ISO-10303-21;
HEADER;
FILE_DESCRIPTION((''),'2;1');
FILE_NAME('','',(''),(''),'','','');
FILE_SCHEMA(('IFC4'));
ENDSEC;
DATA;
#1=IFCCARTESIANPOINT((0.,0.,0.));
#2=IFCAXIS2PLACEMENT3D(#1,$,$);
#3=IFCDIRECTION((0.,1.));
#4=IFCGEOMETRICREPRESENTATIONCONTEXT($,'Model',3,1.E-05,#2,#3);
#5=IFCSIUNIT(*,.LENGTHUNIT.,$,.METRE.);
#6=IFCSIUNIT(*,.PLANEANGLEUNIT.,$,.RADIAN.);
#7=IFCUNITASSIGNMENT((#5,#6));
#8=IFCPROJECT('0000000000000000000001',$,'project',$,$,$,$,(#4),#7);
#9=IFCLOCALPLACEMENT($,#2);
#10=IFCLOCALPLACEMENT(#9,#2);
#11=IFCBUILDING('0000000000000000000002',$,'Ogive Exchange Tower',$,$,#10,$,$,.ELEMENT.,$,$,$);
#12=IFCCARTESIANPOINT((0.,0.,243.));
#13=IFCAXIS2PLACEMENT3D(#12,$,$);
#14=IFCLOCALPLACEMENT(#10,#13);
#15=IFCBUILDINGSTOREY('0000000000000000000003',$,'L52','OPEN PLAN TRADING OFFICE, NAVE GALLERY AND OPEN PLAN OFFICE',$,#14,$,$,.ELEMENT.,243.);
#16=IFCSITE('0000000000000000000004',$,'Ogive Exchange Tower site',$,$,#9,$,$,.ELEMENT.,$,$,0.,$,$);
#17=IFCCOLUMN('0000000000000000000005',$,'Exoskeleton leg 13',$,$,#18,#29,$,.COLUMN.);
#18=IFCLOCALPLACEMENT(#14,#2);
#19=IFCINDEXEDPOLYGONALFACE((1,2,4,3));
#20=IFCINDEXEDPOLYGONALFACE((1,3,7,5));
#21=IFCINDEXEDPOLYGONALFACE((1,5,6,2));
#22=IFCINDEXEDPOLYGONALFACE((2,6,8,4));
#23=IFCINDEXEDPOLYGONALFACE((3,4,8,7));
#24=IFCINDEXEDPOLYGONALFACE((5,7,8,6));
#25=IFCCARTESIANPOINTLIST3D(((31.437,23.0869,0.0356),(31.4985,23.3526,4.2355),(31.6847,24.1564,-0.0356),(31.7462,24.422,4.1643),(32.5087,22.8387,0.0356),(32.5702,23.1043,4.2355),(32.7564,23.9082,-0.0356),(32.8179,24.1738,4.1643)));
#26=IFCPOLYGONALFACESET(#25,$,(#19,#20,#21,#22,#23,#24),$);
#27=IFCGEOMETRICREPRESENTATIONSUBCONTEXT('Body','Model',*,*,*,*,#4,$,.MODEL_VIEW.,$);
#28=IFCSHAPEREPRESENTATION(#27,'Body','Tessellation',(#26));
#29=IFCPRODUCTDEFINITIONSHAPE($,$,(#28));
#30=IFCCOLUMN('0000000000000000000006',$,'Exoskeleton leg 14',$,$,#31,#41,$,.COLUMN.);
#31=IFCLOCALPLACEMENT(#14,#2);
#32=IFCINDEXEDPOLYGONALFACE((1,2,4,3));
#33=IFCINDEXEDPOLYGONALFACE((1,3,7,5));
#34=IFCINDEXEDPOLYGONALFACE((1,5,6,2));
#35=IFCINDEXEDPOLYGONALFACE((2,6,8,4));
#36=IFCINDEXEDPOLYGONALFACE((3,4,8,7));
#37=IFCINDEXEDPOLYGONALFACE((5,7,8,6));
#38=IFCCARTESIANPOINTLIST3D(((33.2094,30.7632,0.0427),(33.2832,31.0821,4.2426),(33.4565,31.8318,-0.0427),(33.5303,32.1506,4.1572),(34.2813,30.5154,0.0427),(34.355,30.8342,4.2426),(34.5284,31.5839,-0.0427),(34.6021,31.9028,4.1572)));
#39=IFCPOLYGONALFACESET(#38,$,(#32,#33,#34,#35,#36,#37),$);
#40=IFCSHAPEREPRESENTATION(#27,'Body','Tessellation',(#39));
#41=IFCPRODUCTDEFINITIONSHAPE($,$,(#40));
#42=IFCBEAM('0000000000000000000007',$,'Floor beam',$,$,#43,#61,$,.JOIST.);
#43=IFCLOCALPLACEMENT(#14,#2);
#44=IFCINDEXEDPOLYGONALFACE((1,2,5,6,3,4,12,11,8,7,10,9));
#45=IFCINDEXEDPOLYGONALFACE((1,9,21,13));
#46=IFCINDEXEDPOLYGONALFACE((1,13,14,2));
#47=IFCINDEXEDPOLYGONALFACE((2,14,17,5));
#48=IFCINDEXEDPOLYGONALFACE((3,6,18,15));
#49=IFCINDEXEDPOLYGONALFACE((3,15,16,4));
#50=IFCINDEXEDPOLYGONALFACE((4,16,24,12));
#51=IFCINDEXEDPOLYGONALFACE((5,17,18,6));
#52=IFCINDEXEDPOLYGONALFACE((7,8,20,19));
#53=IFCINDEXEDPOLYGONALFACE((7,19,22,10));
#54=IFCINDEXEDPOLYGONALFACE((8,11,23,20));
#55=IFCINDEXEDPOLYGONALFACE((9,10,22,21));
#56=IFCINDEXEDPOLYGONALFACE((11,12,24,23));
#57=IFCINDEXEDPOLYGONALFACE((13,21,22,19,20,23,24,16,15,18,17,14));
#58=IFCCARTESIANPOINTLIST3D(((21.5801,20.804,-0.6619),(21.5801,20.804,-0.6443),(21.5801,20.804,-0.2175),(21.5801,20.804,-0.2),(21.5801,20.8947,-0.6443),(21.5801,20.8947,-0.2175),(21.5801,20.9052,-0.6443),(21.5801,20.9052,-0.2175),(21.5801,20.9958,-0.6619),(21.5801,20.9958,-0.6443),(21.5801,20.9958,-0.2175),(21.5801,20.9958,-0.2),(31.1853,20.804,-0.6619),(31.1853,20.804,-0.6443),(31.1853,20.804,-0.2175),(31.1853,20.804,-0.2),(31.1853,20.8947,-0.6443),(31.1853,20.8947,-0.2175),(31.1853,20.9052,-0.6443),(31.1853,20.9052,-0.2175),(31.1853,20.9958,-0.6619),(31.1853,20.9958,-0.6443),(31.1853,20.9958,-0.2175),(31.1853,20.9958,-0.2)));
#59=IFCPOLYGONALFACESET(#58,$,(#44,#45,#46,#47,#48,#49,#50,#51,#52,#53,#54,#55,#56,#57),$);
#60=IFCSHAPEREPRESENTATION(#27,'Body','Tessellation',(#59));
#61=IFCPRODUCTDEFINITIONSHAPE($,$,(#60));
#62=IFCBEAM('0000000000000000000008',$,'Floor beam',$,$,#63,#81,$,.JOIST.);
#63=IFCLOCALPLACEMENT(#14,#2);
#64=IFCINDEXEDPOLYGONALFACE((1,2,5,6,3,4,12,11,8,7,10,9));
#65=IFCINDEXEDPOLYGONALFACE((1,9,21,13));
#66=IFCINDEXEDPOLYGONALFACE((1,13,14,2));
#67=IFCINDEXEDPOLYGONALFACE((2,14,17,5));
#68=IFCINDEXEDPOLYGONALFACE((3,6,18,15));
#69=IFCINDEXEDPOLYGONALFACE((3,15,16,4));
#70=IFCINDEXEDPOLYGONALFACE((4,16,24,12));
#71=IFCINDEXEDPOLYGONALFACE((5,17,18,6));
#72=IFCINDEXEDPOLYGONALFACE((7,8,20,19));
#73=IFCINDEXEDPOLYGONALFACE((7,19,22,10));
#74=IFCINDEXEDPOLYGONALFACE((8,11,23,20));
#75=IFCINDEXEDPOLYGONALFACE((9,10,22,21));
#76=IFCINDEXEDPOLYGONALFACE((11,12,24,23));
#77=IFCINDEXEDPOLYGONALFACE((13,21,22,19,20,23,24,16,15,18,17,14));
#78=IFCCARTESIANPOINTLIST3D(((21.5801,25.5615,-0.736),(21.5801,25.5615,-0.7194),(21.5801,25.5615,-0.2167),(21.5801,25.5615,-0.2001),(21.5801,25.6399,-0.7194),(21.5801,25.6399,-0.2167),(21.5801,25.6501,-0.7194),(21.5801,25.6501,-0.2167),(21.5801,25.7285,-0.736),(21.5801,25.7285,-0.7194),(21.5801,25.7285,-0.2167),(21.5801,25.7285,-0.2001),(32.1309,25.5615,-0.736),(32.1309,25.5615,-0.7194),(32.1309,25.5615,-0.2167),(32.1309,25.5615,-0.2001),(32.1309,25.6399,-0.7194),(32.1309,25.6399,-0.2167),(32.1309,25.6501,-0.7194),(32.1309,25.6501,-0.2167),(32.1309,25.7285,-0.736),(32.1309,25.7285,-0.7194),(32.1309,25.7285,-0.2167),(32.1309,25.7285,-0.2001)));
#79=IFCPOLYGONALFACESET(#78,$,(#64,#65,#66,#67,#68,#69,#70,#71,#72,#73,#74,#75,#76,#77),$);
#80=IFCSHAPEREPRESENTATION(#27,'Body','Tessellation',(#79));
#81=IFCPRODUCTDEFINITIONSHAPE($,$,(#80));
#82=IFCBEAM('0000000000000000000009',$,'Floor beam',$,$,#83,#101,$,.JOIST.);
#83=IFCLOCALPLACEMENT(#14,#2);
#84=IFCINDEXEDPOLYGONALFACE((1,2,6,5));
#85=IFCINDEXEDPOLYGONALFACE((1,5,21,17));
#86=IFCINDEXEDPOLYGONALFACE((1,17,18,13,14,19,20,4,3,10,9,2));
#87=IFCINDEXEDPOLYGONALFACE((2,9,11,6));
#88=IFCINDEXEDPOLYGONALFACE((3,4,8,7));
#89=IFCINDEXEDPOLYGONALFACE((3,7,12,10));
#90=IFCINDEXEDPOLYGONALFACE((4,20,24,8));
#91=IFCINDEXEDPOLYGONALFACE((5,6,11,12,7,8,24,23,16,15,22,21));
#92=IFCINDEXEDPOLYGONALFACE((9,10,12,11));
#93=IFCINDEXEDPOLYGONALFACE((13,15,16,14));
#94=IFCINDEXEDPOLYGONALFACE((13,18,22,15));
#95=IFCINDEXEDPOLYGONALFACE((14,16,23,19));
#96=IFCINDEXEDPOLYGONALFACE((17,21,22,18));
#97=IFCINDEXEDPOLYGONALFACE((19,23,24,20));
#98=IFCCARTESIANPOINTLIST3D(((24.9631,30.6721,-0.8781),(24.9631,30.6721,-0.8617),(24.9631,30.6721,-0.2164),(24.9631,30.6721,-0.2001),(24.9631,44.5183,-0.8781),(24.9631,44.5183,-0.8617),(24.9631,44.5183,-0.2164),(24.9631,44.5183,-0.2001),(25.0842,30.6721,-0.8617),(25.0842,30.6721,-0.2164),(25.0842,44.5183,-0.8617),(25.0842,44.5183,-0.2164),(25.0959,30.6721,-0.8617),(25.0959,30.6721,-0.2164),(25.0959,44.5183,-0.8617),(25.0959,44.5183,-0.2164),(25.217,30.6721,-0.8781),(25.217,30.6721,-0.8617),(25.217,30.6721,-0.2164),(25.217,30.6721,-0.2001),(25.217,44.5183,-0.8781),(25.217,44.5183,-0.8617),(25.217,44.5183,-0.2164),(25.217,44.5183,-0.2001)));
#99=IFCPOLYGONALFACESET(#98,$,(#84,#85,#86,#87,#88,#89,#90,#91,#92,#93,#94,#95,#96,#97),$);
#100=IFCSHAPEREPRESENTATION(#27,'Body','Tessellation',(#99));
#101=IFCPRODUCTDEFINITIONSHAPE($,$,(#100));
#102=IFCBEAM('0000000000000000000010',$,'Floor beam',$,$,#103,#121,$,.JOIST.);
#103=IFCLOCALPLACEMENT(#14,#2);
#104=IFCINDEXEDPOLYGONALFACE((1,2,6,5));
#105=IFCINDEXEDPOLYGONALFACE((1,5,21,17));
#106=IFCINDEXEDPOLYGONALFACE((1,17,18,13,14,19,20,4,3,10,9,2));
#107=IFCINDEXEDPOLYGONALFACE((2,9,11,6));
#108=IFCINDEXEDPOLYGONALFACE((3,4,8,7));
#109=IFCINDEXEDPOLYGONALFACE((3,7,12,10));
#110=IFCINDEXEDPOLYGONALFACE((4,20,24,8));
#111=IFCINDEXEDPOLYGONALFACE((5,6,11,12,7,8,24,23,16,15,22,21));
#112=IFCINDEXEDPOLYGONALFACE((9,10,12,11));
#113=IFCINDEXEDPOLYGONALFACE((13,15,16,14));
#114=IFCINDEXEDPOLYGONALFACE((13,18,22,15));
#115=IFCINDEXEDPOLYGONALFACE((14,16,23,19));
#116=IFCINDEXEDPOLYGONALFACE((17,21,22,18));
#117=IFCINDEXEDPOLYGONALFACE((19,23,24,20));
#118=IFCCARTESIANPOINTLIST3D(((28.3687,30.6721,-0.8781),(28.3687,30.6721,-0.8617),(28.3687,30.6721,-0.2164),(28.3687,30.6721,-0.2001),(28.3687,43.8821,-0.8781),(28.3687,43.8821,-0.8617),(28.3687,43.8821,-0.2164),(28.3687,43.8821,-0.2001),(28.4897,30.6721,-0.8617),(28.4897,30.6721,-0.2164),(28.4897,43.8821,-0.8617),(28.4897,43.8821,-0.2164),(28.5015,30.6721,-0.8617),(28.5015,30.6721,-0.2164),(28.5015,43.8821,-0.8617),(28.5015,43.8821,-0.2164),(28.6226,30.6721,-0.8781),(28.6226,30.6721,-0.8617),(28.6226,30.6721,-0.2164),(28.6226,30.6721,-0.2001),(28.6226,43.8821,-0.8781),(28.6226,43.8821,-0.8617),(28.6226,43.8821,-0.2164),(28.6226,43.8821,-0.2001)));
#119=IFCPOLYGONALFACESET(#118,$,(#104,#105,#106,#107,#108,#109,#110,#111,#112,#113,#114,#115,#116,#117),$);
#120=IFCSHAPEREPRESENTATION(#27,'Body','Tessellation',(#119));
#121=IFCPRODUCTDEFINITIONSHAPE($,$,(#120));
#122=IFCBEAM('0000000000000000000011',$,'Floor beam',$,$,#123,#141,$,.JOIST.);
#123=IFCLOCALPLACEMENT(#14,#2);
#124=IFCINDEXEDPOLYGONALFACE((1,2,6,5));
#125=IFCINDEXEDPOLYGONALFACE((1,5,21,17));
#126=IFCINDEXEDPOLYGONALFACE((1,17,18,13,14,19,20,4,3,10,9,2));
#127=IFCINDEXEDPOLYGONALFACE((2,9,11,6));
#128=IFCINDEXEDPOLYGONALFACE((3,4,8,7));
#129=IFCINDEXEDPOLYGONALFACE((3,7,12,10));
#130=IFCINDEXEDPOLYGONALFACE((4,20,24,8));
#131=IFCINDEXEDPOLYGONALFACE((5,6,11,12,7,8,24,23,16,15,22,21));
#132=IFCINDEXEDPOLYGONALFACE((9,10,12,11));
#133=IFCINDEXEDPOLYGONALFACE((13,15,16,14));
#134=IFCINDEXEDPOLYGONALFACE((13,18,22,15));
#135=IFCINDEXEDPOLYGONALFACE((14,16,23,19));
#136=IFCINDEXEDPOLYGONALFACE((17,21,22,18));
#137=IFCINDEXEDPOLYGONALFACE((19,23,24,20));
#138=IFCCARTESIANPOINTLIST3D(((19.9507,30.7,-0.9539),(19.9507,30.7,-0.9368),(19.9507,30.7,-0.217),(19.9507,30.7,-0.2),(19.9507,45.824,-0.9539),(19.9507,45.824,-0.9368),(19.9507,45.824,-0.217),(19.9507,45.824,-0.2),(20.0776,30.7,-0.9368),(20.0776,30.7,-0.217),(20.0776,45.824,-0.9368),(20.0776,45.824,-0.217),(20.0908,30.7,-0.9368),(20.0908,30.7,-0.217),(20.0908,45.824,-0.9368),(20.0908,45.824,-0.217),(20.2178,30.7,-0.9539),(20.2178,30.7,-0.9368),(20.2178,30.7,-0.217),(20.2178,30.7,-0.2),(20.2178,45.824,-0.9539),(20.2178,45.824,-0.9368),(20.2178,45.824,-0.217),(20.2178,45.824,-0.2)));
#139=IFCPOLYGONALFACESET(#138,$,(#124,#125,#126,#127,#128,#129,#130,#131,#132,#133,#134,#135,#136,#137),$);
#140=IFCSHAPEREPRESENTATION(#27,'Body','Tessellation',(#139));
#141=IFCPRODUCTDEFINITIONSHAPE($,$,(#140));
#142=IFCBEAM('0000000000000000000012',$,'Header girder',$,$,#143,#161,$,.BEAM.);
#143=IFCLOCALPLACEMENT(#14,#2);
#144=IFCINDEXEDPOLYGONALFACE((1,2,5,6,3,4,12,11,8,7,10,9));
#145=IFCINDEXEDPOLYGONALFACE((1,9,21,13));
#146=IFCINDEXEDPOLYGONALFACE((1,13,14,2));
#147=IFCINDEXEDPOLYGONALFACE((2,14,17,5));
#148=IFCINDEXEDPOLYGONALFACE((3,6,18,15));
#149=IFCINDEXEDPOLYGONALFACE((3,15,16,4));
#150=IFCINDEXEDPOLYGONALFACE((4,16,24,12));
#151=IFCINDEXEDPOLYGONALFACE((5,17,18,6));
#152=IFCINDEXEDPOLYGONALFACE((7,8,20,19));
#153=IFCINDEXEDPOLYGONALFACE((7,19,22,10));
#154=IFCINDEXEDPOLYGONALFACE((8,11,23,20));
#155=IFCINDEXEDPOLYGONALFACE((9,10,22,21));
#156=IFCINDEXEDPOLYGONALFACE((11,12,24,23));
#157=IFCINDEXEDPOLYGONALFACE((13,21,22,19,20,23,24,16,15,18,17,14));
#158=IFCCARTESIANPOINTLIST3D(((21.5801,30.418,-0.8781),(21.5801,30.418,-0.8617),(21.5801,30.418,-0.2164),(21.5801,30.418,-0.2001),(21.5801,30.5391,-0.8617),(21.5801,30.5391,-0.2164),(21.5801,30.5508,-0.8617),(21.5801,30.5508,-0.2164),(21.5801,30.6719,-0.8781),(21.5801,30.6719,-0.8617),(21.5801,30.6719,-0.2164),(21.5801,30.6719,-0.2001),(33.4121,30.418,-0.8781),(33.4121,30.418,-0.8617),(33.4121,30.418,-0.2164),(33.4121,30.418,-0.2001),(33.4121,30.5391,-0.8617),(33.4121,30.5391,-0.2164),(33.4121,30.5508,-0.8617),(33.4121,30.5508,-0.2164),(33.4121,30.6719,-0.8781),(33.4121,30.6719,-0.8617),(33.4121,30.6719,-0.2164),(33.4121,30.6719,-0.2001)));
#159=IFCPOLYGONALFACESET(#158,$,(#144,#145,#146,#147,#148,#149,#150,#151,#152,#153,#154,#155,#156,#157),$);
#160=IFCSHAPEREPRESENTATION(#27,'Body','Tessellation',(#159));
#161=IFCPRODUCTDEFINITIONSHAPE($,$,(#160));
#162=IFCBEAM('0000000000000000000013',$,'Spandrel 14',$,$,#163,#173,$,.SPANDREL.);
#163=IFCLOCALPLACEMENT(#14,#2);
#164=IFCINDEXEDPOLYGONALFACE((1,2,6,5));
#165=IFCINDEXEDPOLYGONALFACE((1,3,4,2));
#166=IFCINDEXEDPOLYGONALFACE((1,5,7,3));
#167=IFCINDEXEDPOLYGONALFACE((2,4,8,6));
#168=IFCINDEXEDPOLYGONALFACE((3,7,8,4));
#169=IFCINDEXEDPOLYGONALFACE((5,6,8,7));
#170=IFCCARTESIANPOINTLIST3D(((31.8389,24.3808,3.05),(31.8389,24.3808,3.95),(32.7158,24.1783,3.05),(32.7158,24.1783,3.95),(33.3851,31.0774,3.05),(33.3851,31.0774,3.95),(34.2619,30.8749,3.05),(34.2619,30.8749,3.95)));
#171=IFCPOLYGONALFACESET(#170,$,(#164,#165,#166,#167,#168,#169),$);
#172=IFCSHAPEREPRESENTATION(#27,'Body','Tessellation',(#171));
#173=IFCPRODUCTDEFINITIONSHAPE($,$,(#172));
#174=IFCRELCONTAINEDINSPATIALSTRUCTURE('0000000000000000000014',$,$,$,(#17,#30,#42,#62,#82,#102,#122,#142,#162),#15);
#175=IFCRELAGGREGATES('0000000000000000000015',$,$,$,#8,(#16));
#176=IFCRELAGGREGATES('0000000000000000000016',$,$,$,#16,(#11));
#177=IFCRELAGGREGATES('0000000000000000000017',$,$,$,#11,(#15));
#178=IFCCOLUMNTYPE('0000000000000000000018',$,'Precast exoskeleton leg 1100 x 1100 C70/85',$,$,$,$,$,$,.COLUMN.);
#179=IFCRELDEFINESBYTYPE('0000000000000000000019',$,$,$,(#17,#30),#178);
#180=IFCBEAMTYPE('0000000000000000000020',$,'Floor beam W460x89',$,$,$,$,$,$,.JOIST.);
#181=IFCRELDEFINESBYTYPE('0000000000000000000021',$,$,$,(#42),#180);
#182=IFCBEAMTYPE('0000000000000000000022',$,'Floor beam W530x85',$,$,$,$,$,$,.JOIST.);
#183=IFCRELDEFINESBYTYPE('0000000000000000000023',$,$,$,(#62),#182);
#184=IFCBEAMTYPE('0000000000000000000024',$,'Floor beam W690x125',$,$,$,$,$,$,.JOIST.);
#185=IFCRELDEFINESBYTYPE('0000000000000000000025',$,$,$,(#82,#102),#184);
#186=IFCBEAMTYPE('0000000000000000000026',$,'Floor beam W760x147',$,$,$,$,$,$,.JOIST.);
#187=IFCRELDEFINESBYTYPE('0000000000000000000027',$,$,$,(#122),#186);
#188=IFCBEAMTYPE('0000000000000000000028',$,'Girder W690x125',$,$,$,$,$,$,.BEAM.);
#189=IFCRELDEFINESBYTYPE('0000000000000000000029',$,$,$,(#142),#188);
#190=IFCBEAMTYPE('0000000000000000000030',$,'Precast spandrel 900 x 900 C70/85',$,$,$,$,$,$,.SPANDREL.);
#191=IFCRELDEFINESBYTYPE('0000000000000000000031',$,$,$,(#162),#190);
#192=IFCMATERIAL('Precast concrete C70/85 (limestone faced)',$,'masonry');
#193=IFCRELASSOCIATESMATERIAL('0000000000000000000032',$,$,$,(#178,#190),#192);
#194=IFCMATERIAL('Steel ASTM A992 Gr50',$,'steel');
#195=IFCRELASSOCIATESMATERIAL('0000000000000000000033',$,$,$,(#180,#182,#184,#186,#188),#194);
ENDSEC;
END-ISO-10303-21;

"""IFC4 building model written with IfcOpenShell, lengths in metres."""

from ifc_helpers import new_model, si_unit, direction, frame, origin, origin_2d, place, context, subcontext, project, spatial, rectangle, i_section, extrude, material, material_profile, profile_set, type_object, element, save


model = new_model("IFC4")

# Units and contexts
model_context = context("Model", 3, precision=1e-05, world=origin(), true_north=direction((0.0, 1.0)))
body_context = subcontext(model_context, "Body", "Model", "MODEL_VIEW")
ifc_project = project(units=[si_unit("LENGTHUNIT", "METRE"), si_unit("PLANEANGLEUNIT", "RADIAN")], contexts=[model_context])

# Site, building, storey
site_placement = place(None, origin())
site = spatial("IfcSite", under=ifc_project, at=site_placement, Name="Ogive Exchange Tower site", CompositionType="ELEMENT", RefElevation=0.0)
building_placement = place(site_placement, origin())
building = spatial("IfcBuilding", under=site, at=building_placement, Name="Ogive Exchange Tower", CompositionType="ELEMENT")
storey_placement = place(building_placement, frame((0.0, 0.0, 243.0)))
storey = spatial("IfcBuildingStorey", under=building, at=storey_placement, Name="L52", Description="OPEN PLAN TRADING OFFICE, NAVE GALLERY AND OPEN PLAN OFFICE", CompositionType="ELEMENT", Elevation=243.0)

# Columns
ifc_material_1 = material(Name="Precast concrete C70/85 (limestone faced)", Category="masonry")
ifc_material_profile_1 = material_profile(ifc_material_1, rectangle(XDim=1.1001, YDim=1.1001, at=origin_2d()), Name="1100 x 1100")
ifc_profile_set_1 = profile_set([ifc_material_profile_1], Name="Precast concrete C70/85 (limestone faced)")
column_type = type_object("IfcColumnType", Name="Precast exoskeleton leg 1100 x 1100 C70/85", PredefinedType="COLUMN", material=ifc_profile_set_1)
column_1_placement = place(storey_placement, frame((32.0967, 23.4976, 0.0), z_axis=(0.014618, 0.063112, 0.997899), x_axis=(-0.97421, 0.225644, 0.0)))
element("IfcColumn", 1, at=column_1_placement, inside=storey, type_object=column_type, Name="Exoskeleton leg 13", PredefinedType="COLUMN", context=body_context, shape_type="SweptSolid", body=[
    extrude(rectangle(XDim=1.1001, YDim=1.1001, at=origin_2d()), origin(), (0.0, 0.0, 1.0), 4.2087),
])
column_2_placement = place(storey_placement, frame((33.8689, 31.1736, 0.0), z_axis=(0.017502, 0.075688, 0.996978), x_axis=(-0.974291, 0.225295, 0.0)))
element("IfcColumn", 2, at=column_2_placement, inside=storey, type_object=column_type, Name="Exoskeleton leg 14", PredefinedType="COLUMN", context=body_context, shape_type="SweptSolid", body=[
    extrude(rectangle(XDim=1.1001, YDim=1.1001, at=origin_2d()), origin(), (0.0, 0.0, 1.0), 4.2126),
])

# Beams
ifc_material_2 = material(Name="Steel ASTM A992 Gr50", Category="steel")
ifc_material_profile_2 = material_profile(ifc_material_2, i_section(OverallWidth=0.1919, OverallDepth=0.4619, WebThickness=0.0105, FlangeThickness=0.0176, at=origin_2d()), Name="W460x89")
ifc_profile_set_2 = profile_set([ifc_material_profile_2], Name="Steel ASTM A992 Gr50")
beam_type_1 = type_object("IfcBeamType", Name="Floor beam W460x89", PredefinedType="JOIST", material=ifc_profile_set_2)
beam_1_placement = place(storey_placement, frame((21.5801, 20.8999, -0.4309), z_axis=(1.0, 0.0, 0.0), x_axis=(0.0, 1.0, 0.0)))
element("IfcBeam", 3, at=beam_1_placement, inside=storey, type_object=beam_type_1, Name="Floor beam", PredefinedType="JOIST", context=body_context, shape_type="SweptSolid", body=[
    extrude(i_section(OverallWidth=0.1919, OverallDepth=0.4619, WebThickness=0.0105, FlangeThickness=0.0176, at=origin_2d()), origin(), (0.0, 0.0, 1.0), 9.6052),
])
ifc_material_profile_3 = material_profile(ifc_material_2, i_section(OverallWidth=0.167, OverallDepth=0.5359, WebThickness=0.0103, FlangeThickness=0.0166, at=origin_2d()), Name="W530x85")
ifc_profile_set_3 = profile_set([ifc_material_profile_3], Name="Steel ASTM A992 Gr50")
beam_type_2 = type_object("IfcBeamType", Name="Floor beam W530x85", PredefinedType="JOIST", material=ifc_profile_set_3)
beam_2_placement = place(storey_placement, frame((21.5801, 25.645, -0.468), z_axis=(1.0, 0.0, 0.0), x_axis=(0.0, 1.0, 0.0)))
element("IfcBeam", 4, at=beam_2_placement, inside=storey, type_object=beam_type_2, Name="Floor beam", PredefinedType="JOIST", context=body_context, shape_type="SweptSolid", body=[
    extrude(i_section(OverallWidth=0.167, OverallDepth=0.5359, WebThickness=0.0103, FlangeThickness=0.0166, at=origin_2d()), origin(), (0.0, 0.0, 1.0), 10.5508),
])
ifc_material_profile_4 = material_profile(ifc_material_2, i_section(OverallWidth=0.2539, OverallDepth=0.678, WebThickness=0.0117, FlangeThickness=0.0164, at=origin_2d()), Name="W690x125")
ifc_profile_set_4 = profile_set([ifc_material_profile_4], Name="Steel ASTM A992 Gr50")
beam_type_3 = type_object("IfcBeamType", Name="Floor beam W690x125", PredefinedType="JOIST", material=ifc_profile_set_4)
beam_3_placement = place(storey_placement, frame((25.0901, 30.6721, -0.5391), z_axis=(0.0, 1.0, 0.0), x_axis=(-1.0, 0.0, 0.0)))
element("IfcBeam", 5, at=beam_3_placement, inside=storey, type_object=beam_type_3, Name="Floor beam", PredefinedType="JOIST", context=body_context, shape_type="SweptSolid", body=[
    extrude(i_section(OverallWidth=0.2539, OverallDepth=0.678, WebThickness=0.0117, FlangeThickness=0.0164, at=origin_2d()), origin(), (0.0, 0.0, 1.0), 13.8462),
])
beam_4_placement = place(storey_placement, frame((28.4956, 30.6721, -0.5391), z_axis=(0.0, 1.0, 0.0), x_axis=(-1.0, 0.0, 0.0)))
element("IfcBeam", 6, at=beam_4_placement, inside=storey, type_object=beam_type_3, Name="Floor beam", PredefinedType="JOIST", context=body_context, shape_type="SweptSolid", body=[
    extrude(i_section(OverallWidth=0.2539, OverallDepth=0.678, WebThickness=0.0117, FlangeThickness=0.0164, at=origin_2d()), origin(), (0.0, 0.0, 1.0), 13.21),
])
ifc_material_profile_5 = material_profile(ifc_material_2, i_section(OverallWidth=0.2671, OverallDepth=0.7539, WebThickness=0.0132, FlangeThickness=0.0171, at=origin_2d()), Name="W760x147")
ifc_profile_set_5 = profile_set([ifc_material_profile_5], Name="Steel ASTM A992 Gr50")
beam_type_4 = type_object("IfcBeamType", Name="Floor beam W760x147", PredefinedType="JOIST", material=ifc_profile_set_5)
beam_5_placement = place(storey_placement, frame((20.0842, 30.7, -0.5769), z_axis=(0.0, 1.0, 0.0), x_axis=(-1.0, 0.0, 0.0)))
element("IfcBeam", 7, at=beam_5_placement, inside=storey, type_object=beam_type_4, Name="Floor beam", PredefinedType="JOIST", context=body_context, shape_type="SweptSolid", body=[
    extrude(i_section(OverallWidth=0.2671, OverallDepth=0.7539, WebThickness=0.0132, FlangeThickness=0.0171, at=origin_2d()), origin(), (0.0, 0.0, 1.0), 15.124),
])
ifc_material_profile_6 = material_profile(ifc_material_2, i_section(OverallWidth=0.2539, OverallDepth=0.678, WebThickness=0.0117, FlangeThickness=0.0164, at=origin_2d()), Name="W690x125")
ifc_profile_set_6 = profile_set([ifc_material_profile_6], Name="Steel ASTM A992 Gr50")
beam_type_5 = type_object("IfcBeamType", Name="Girder W690x125", PredefinedType="BEAM", material=ifc_profile_set_6)
beam_6_placement = place(storey_placement, frame((21.5801, 30.5449, -0.5391), z_axis=(1.0, 0.0, 0.0), x_axis=(0.0, 1.0, 0.0)))
element("IfcBeam", 8, at=beam_6_placement, inside=storey, type_object=beam_type_5, Name="Header girder", PredefinedType="BEAM", context=body_context, shape_type="SweptSolid", body=[
    extrude(i_section(OverallWidth=0.2539, OverallDepth=0.678, WebThickness=0.0117, FlangeThickness=0.0164, at=origin_2d()), origin(), (0.0, 0.0, 1.0), 11.832),
])
ifc_material_profile_7 = material_profile(ifc_material_1, rectangle(XDim=0.8999, YDim=0.8999, at=origin_2d()), Name="900 x 900")
ifc_profile_set_7 = profile_set([ifc_material_profile_7], Name="Precast concrete C70/85 (limestone faced)")
beam_type_6 = type_object("IfcBeamType", Name="Precast spandrel 900 x 900 C70/85", PredefinedType="SPANDREL", material=ifc_profile_set_7)
beam_7_placement = place(storey_placement, frame((32.2773, 24.2795, 3.5), z_axis=(0.224968, 0.974366, 0.0), x_axis=(-0.974366, 0.224968, 0.0)))
element("IfcBeam", 9, at=beam_7_placement, inside=storey, type_object=beam_type_6, Name="Spandrel 14", PredefinedType="SPANDREL", context=body_context, shape_type="SweptSolid", body=[
    extrude(rectangle(XDim=0.8999, YDim=0.8999, at=origin_2d()), origin(), (0.0, 0.0, 1.0), 6.8728),
])

save(model, "model.ifc")
